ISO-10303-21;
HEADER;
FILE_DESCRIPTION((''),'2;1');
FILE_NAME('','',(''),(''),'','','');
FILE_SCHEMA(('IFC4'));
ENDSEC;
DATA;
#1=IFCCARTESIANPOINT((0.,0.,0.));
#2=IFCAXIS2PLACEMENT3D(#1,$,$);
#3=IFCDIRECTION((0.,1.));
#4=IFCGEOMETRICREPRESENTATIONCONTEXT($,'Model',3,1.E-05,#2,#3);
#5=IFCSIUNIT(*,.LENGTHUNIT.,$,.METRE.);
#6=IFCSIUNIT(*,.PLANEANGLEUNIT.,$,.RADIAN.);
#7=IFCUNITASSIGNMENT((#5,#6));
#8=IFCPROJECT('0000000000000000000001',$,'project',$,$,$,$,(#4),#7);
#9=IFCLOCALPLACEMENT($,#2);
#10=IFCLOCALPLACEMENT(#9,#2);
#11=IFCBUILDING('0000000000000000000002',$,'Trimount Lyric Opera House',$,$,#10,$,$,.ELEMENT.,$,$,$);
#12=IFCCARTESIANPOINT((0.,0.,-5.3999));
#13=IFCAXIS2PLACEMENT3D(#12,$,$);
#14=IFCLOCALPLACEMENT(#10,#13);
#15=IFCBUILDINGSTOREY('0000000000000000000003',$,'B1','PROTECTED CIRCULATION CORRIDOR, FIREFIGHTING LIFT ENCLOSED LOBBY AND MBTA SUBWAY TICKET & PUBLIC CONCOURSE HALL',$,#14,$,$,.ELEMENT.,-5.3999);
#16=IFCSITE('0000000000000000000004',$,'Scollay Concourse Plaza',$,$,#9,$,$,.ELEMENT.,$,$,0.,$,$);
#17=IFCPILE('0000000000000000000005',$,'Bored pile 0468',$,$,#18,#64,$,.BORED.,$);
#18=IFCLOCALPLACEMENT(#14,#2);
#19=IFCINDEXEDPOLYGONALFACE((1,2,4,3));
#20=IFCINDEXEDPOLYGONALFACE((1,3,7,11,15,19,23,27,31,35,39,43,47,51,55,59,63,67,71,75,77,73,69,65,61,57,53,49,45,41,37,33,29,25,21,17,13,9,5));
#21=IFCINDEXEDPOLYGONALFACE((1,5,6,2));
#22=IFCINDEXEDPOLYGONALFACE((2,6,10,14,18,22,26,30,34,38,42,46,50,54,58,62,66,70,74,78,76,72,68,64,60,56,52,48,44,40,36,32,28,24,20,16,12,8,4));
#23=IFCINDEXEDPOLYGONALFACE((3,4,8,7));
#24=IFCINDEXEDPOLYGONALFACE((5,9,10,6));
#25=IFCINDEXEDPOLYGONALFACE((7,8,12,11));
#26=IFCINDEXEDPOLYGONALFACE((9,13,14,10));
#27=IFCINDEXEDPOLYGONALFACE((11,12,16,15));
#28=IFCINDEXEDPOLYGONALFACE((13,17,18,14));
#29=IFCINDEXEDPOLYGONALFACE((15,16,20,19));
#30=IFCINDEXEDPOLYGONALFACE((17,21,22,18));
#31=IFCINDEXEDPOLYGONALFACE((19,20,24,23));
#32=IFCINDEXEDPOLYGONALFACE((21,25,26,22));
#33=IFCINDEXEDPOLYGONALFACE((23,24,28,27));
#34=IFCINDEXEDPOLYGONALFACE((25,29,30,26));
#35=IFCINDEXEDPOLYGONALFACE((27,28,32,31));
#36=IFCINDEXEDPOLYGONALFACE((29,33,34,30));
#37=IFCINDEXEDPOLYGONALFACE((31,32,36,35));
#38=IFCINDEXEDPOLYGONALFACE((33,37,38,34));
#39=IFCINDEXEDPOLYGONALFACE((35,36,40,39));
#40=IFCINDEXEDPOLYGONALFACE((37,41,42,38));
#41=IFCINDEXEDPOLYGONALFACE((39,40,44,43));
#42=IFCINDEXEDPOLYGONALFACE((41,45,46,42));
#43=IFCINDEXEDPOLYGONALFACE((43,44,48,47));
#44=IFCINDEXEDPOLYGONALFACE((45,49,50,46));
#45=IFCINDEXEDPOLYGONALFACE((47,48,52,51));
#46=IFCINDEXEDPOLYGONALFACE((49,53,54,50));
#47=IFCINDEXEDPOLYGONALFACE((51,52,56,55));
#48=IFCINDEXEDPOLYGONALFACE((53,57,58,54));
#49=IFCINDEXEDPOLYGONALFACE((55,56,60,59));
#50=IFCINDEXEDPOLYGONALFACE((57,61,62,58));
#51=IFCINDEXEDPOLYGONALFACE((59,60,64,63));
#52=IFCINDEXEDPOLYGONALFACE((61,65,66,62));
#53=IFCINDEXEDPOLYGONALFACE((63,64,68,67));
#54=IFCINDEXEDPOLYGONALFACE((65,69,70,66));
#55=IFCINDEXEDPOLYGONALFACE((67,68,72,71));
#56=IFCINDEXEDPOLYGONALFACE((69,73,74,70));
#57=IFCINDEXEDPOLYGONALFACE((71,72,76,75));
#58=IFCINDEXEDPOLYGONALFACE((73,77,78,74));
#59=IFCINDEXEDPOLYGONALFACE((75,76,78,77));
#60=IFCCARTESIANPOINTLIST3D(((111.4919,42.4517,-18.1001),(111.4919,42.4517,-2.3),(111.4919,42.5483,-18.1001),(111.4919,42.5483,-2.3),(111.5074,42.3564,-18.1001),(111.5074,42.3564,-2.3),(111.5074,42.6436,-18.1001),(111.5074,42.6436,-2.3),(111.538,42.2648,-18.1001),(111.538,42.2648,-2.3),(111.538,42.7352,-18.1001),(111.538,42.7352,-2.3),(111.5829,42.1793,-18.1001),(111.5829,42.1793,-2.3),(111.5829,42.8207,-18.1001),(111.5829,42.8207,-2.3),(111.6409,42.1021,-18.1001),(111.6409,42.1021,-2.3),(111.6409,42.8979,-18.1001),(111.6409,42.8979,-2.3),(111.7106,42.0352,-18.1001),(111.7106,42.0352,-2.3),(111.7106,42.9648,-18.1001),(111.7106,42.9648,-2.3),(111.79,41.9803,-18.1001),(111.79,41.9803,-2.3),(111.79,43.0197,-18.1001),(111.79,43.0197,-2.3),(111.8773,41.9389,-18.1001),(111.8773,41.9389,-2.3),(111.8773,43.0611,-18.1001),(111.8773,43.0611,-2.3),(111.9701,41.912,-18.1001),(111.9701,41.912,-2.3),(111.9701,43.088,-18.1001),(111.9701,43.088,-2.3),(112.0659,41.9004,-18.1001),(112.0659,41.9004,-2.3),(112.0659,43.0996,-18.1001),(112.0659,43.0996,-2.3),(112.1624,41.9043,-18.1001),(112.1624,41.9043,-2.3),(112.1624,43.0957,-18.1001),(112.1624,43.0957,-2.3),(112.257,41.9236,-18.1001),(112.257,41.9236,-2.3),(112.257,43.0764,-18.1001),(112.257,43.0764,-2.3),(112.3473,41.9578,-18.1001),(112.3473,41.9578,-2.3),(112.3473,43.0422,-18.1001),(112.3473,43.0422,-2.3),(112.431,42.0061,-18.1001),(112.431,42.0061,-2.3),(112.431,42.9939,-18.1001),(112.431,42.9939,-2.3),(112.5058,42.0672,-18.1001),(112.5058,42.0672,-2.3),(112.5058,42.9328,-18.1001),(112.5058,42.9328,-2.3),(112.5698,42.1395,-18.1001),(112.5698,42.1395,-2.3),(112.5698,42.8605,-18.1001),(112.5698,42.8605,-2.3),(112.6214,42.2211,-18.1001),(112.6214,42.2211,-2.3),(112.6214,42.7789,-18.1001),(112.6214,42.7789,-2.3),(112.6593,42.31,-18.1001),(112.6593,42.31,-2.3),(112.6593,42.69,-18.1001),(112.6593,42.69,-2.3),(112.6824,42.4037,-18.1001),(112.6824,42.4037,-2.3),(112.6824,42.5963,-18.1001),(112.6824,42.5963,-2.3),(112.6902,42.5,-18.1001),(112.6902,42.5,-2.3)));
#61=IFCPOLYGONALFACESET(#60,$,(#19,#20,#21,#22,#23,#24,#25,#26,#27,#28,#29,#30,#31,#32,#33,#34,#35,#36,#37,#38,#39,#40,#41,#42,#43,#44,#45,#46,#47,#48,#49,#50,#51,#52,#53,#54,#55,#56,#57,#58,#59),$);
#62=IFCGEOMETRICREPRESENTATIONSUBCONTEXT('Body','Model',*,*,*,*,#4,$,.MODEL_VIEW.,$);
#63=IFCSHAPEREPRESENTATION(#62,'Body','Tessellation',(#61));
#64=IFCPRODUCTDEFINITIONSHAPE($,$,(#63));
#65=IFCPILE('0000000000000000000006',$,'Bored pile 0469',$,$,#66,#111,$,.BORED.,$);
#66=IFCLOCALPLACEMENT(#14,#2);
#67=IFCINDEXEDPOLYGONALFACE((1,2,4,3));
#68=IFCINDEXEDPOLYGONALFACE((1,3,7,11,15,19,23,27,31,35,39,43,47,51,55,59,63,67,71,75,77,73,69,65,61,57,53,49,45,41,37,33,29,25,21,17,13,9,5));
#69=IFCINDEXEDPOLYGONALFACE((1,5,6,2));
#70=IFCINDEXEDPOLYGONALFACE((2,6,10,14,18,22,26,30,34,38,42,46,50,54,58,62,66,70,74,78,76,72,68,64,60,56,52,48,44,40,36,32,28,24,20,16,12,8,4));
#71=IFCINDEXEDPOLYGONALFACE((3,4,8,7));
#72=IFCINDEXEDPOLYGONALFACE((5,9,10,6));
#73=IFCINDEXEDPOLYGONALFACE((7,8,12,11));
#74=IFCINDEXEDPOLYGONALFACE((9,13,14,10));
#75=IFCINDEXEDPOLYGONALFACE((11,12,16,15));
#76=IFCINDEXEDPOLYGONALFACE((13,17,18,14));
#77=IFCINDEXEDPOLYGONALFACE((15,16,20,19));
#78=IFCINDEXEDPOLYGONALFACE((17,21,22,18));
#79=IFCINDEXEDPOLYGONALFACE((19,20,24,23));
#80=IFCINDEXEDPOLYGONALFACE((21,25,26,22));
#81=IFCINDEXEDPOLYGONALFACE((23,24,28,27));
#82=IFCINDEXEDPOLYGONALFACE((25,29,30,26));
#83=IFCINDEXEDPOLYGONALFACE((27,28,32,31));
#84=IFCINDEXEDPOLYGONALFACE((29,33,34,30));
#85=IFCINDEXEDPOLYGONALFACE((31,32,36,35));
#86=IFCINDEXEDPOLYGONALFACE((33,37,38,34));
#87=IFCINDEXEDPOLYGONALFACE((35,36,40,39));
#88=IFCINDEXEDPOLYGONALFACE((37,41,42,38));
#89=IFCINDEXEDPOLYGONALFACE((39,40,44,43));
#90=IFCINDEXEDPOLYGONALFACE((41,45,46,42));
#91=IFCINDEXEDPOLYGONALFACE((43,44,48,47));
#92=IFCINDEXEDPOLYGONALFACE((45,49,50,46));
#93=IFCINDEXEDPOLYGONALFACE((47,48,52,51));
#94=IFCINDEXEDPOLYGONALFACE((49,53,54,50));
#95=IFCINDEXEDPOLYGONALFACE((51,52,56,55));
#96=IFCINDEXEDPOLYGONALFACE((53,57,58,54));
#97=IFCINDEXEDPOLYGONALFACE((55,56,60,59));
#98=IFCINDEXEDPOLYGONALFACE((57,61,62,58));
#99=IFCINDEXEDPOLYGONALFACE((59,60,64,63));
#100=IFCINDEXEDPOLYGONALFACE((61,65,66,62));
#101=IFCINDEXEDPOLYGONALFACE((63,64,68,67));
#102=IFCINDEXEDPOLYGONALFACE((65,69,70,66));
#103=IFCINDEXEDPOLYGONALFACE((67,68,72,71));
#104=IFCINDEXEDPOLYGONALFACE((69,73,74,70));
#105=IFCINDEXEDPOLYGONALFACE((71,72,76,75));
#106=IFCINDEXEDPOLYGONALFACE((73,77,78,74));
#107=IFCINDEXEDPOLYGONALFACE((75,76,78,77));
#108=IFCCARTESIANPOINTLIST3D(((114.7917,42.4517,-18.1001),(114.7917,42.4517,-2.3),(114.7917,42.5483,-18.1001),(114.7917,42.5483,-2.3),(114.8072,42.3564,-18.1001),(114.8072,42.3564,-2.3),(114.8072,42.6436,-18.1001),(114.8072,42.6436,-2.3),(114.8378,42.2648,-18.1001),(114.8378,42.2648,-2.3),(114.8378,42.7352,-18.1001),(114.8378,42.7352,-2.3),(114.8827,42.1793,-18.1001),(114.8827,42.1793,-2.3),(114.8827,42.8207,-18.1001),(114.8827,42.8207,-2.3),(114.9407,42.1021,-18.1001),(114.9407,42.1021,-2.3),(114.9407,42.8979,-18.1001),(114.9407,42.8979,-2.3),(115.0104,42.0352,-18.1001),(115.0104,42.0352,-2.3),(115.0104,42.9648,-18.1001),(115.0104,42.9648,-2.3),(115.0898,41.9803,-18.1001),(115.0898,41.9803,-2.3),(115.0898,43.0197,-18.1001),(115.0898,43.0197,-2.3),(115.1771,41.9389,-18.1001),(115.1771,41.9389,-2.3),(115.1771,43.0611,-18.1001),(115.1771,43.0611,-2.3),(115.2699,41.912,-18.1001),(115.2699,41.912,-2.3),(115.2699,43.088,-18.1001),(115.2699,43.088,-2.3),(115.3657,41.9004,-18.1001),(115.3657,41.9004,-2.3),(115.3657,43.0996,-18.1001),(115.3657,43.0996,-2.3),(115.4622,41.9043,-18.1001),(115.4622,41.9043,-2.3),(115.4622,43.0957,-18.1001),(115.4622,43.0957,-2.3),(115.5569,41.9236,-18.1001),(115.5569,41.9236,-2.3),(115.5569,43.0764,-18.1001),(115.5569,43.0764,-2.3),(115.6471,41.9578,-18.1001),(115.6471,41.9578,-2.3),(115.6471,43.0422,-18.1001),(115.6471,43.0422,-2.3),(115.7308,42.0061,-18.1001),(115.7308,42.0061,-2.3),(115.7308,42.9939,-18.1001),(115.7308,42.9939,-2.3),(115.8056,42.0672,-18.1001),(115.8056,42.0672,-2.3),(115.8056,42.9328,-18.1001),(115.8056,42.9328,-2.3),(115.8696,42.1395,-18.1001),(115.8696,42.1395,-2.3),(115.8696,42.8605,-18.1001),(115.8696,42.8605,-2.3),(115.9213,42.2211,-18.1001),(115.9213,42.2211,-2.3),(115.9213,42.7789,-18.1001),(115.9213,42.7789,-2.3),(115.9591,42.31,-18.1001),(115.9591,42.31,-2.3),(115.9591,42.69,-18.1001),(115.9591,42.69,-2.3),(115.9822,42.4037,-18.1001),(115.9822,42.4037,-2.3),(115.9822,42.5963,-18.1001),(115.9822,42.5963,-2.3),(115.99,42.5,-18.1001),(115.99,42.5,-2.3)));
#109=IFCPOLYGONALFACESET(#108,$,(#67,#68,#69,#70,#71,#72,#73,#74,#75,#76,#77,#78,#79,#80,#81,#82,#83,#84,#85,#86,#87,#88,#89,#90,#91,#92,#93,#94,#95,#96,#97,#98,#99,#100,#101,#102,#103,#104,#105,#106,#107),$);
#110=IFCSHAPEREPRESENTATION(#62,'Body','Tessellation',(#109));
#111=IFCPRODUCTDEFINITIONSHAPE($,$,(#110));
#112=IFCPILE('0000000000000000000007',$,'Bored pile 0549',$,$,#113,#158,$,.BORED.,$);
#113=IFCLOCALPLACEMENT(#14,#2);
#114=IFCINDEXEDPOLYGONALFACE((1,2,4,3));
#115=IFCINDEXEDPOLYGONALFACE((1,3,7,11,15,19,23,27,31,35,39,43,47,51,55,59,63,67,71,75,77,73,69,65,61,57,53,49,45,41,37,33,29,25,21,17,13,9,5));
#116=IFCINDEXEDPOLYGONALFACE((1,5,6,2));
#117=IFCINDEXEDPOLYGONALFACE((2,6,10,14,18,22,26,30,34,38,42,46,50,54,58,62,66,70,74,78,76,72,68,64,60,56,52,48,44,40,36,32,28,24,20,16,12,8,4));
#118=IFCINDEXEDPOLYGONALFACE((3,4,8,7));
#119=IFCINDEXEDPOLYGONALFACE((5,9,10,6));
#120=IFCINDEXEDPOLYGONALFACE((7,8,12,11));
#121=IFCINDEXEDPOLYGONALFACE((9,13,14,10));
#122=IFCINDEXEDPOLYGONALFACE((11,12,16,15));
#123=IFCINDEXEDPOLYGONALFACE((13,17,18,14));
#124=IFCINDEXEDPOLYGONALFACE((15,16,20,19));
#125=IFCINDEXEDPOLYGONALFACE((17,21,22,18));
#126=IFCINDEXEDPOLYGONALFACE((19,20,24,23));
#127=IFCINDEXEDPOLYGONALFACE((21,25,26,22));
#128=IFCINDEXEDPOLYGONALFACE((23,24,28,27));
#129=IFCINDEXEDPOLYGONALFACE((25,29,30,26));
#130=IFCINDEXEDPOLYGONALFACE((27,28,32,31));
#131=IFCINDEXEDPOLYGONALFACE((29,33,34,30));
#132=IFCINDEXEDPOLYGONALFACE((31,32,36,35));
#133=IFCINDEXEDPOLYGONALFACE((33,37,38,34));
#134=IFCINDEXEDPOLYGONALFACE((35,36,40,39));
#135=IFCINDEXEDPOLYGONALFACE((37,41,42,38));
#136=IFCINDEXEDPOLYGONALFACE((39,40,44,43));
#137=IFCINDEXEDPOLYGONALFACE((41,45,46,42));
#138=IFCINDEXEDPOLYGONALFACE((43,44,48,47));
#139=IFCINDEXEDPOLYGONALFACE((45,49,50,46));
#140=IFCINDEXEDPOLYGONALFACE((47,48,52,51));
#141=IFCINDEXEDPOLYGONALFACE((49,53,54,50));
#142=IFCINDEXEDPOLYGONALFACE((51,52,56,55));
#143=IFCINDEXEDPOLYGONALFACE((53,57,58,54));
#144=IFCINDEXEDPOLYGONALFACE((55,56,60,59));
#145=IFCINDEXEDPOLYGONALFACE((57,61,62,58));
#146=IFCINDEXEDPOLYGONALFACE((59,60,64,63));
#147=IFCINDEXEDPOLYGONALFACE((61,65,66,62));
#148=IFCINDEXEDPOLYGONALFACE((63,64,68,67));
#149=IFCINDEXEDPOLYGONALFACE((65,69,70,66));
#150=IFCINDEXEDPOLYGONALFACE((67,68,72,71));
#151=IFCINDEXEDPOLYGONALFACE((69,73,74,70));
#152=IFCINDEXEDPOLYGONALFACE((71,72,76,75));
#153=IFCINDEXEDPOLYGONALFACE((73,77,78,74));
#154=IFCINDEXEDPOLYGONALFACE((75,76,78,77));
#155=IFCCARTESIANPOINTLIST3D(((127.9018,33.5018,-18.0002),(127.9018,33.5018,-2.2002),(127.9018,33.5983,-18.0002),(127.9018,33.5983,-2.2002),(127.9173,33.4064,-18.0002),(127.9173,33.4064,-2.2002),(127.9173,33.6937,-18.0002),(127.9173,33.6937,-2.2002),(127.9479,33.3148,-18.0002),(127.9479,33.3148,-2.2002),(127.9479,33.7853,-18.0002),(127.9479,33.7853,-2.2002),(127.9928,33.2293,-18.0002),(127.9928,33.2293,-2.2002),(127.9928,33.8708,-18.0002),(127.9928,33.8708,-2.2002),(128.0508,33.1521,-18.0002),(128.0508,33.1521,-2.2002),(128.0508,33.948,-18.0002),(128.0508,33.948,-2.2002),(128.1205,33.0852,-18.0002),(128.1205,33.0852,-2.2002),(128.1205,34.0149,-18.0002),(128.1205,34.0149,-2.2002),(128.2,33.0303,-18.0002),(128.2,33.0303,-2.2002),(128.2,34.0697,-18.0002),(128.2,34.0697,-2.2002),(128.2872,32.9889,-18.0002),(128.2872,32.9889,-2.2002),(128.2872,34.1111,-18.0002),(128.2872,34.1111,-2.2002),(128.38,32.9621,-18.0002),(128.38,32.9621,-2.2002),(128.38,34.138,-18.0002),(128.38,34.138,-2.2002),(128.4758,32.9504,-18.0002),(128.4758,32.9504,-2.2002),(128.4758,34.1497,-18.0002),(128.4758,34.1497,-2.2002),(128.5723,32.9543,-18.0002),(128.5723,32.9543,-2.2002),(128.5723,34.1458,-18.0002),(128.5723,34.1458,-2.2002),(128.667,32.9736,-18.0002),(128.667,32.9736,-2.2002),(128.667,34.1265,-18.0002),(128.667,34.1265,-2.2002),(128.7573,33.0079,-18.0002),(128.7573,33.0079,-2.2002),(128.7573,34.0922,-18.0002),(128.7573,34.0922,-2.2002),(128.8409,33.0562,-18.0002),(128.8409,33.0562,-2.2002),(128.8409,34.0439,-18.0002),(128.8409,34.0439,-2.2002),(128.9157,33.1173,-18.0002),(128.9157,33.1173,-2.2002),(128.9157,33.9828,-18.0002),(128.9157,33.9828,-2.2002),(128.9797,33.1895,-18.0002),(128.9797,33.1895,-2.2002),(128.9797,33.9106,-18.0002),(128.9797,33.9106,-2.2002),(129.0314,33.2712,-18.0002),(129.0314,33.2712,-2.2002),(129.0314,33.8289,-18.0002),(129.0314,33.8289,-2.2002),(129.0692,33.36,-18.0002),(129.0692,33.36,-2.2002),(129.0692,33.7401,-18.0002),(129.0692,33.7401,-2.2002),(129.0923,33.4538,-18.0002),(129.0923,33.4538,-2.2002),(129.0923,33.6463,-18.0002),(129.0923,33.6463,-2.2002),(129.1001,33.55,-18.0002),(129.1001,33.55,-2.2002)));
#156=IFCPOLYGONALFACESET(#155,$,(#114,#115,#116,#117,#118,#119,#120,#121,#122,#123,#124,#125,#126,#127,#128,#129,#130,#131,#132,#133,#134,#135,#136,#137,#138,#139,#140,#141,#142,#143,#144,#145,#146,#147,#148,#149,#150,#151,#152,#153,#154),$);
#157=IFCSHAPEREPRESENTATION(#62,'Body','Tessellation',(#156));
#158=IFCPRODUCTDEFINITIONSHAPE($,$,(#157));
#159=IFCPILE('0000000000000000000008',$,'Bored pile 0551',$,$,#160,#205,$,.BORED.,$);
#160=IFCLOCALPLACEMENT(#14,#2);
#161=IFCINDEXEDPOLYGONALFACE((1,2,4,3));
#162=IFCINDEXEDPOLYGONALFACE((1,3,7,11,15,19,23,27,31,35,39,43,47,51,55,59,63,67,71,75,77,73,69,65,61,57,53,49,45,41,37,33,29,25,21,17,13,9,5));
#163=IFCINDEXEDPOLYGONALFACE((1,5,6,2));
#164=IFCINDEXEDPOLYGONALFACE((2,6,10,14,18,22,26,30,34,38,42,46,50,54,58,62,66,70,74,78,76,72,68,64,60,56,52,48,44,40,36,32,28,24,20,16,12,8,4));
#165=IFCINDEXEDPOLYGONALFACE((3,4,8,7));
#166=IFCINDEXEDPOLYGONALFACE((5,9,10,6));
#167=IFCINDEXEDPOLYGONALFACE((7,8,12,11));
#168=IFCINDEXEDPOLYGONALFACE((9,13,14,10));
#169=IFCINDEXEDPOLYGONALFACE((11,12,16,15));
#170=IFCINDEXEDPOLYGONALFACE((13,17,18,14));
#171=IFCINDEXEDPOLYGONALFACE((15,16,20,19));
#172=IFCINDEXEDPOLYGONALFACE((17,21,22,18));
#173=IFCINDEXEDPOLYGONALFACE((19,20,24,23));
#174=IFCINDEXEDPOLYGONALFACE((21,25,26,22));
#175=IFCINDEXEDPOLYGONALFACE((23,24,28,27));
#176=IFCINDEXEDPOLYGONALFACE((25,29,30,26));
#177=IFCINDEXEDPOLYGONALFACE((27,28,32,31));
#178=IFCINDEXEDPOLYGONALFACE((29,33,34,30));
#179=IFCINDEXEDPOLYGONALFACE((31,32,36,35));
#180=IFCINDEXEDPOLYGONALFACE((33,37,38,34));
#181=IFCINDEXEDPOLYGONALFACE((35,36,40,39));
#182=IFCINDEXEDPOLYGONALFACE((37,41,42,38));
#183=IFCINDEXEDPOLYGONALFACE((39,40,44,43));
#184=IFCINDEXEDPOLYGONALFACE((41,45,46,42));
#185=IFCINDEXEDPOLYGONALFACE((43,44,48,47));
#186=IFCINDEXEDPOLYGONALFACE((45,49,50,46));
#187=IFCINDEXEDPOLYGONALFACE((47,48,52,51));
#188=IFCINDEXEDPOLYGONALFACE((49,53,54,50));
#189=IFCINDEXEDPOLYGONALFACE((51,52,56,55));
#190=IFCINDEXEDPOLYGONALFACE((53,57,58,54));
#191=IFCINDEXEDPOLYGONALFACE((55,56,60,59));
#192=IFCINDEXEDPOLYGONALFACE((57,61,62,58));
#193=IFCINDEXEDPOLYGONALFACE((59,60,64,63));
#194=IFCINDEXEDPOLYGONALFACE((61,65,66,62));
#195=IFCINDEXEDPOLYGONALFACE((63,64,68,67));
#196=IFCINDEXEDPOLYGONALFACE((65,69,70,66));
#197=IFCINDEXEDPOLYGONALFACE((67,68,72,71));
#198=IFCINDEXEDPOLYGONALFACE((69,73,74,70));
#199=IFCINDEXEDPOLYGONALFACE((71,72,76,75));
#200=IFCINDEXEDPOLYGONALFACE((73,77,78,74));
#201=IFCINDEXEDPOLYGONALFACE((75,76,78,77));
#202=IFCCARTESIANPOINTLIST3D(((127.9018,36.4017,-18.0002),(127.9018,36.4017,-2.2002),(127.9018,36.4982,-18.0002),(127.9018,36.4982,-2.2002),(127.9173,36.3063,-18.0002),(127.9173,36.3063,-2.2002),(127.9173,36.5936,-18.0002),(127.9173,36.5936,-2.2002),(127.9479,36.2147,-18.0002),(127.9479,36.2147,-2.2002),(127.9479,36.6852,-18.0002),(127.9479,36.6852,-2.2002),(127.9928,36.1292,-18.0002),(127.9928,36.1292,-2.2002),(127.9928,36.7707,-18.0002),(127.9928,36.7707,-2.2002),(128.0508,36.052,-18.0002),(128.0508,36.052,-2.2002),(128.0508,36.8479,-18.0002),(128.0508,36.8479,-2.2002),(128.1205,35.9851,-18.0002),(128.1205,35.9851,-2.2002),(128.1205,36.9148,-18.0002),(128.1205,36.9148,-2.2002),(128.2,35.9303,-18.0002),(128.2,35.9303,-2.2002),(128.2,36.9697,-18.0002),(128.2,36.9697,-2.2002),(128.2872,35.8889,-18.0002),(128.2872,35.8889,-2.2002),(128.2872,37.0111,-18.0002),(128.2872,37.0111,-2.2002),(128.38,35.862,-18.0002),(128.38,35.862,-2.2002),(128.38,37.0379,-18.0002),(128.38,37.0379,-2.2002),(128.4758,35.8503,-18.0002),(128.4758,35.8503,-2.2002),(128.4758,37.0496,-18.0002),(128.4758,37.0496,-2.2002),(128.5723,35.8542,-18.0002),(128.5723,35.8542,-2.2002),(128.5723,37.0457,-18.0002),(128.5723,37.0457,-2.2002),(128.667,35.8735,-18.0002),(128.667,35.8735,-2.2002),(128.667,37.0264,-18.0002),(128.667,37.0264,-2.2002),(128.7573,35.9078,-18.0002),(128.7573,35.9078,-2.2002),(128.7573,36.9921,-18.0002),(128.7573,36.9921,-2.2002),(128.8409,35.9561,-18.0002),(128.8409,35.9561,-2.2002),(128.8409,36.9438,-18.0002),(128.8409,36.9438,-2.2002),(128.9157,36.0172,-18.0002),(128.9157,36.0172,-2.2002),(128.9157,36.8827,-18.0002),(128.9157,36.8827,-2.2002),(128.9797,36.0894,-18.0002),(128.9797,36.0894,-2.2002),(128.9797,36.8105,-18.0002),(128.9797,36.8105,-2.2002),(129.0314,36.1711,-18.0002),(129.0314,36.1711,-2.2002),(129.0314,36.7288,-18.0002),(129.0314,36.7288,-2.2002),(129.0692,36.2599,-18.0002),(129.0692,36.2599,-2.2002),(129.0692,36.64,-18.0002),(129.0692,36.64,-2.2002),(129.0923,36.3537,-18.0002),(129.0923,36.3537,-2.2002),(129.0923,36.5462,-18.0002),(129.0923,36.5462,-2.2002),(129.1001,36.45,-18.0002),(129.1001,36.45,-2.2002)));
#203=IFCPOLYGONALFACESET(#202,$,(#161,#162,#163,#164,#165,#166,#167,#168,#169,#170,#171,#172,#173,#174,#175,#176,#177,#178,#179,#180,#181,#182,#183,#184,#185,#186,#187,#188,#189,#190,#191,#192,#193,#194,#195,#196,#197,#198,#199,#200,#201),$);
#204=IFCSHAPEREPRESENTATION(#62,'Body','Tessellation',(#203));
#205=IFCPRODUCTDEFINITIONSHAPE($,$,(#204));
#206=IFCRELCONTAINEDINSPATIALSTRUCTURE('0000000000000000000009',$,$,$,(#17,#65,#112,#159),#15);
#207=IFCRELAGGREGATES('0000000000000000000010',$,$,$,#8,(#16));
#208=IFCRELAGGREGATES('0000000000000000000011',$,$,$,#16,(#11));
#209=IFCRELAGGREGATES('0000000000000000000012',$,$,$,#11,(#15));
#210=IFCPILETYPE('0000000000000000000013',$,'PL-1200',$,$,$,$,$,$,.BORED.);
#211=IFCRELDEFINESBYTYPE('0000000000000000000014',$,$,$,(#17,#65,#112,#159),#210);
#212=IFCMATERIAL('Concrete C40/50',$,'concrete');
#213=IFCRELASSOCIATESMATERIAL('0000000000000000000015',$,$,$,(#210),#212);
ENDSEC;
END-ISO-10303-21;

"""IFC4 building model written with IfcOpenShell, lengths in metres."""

from ifc_helpers import new_model, si_unit, direction, frame, origin, origin_2d, place, context, subcontext, project, spatial, circle, extrude, material, material_profile, profile_set, type_object, element, save


model = new_model("IFC4")

# Units and contexts
model_context = context("Model", 3, precision=1e-05, world=origin(), true_north=direction((0.0, 1.0)))
body_context = subcontext(model_context, "Body", "Model", "MODEL_VIEW")
ifc_project = project(units=[si_unit("LENGTHUNIT", "METRE"), si_unit("PLANEANGLEUNIT", "RADIAN")], contexts=[model_context])

# Site, building, storey
site_placement = place(None, origin())
site = spatial("IfcSite", under=ifc_project, at=site_placement, Name="Scollay Concourse Plaza", CompositionType="ELEMENT", RefElevation=0.0)
building_placement = place(site_placement, origin())
building = spatial("IfcBuilding", under=site, at=building_placement, Name="Trimount Lyric Opera House", CompositionType="ELEMENT")
storey_placement = place(building_placement, frame((0.0, 0.0, -5.3999)))
storey = spatial("IfcBuildingStorey", under=building, at=storey_placement, Name="B1", Description="PROTECTED CIRCULATION CORRIDOR, FIREFIGHTING LIFT ENCLOSED LOBBY AND MBTA SUBWAY TICKET & PUBLIC CONCOURSE HALL", CompositionType="ELEMENT", Elevation=-5.3999)

# Piles
ifc_material_1 = material(Name="Concrete C40/50", Category="concrete")
ifc_material_profile_1 = material_profile(ifc_material_1, circle(Radius=0.6001, at=origin_2d()), Name="PILE-D1200")
ifc_profile_set_1 = profile_set([ifc_material_profile_1], Name="Concrete C40/50")
pile_type_1 = type_object("IfcPileType", Name="PL-1200", PredefinedType="BORED", material=ifc_profile_set_1)
for number, where, z_axis, x_axis, name in (
    (1, (112.0901, 42.5, -2.3), (0.0, 0.0, -1.0), (1.0, 0.0, 0.0), "Bored pile 0468"),
    (2, (115.3899, 42.5, -2.3), (0.0, 0.0, -1.0), (1.0, 0.0, 0.0), "Bored pile 0469"),
    (3, (128.5, 33.55, -2.2002), (0.0, 0.0, -1.0), (1.0, 0.0, 0.0), "Bored pile 0549"),
    (4, (128.5, 36.45, -2.2002), (0.0, 0.0, -1.0), (1.0, 0.0, 0.0), "Bored pile 0551"),
):
    element("IfcPile", number, at=place(storey_placement, frame(where, z_axis=z_axis, x_axis=x_axis)), inside=storey, type_object=pile_type_1, Name=name, PredefinedType="BORED", context=body_context, shape_type="SweptSolid", body=[
        extrude(circle(Radius=0.6001, at=origin_2d()), origin(), (0.0, 0.0, 1.0), 15.8),
    ])

save(model, "model.ifc")
